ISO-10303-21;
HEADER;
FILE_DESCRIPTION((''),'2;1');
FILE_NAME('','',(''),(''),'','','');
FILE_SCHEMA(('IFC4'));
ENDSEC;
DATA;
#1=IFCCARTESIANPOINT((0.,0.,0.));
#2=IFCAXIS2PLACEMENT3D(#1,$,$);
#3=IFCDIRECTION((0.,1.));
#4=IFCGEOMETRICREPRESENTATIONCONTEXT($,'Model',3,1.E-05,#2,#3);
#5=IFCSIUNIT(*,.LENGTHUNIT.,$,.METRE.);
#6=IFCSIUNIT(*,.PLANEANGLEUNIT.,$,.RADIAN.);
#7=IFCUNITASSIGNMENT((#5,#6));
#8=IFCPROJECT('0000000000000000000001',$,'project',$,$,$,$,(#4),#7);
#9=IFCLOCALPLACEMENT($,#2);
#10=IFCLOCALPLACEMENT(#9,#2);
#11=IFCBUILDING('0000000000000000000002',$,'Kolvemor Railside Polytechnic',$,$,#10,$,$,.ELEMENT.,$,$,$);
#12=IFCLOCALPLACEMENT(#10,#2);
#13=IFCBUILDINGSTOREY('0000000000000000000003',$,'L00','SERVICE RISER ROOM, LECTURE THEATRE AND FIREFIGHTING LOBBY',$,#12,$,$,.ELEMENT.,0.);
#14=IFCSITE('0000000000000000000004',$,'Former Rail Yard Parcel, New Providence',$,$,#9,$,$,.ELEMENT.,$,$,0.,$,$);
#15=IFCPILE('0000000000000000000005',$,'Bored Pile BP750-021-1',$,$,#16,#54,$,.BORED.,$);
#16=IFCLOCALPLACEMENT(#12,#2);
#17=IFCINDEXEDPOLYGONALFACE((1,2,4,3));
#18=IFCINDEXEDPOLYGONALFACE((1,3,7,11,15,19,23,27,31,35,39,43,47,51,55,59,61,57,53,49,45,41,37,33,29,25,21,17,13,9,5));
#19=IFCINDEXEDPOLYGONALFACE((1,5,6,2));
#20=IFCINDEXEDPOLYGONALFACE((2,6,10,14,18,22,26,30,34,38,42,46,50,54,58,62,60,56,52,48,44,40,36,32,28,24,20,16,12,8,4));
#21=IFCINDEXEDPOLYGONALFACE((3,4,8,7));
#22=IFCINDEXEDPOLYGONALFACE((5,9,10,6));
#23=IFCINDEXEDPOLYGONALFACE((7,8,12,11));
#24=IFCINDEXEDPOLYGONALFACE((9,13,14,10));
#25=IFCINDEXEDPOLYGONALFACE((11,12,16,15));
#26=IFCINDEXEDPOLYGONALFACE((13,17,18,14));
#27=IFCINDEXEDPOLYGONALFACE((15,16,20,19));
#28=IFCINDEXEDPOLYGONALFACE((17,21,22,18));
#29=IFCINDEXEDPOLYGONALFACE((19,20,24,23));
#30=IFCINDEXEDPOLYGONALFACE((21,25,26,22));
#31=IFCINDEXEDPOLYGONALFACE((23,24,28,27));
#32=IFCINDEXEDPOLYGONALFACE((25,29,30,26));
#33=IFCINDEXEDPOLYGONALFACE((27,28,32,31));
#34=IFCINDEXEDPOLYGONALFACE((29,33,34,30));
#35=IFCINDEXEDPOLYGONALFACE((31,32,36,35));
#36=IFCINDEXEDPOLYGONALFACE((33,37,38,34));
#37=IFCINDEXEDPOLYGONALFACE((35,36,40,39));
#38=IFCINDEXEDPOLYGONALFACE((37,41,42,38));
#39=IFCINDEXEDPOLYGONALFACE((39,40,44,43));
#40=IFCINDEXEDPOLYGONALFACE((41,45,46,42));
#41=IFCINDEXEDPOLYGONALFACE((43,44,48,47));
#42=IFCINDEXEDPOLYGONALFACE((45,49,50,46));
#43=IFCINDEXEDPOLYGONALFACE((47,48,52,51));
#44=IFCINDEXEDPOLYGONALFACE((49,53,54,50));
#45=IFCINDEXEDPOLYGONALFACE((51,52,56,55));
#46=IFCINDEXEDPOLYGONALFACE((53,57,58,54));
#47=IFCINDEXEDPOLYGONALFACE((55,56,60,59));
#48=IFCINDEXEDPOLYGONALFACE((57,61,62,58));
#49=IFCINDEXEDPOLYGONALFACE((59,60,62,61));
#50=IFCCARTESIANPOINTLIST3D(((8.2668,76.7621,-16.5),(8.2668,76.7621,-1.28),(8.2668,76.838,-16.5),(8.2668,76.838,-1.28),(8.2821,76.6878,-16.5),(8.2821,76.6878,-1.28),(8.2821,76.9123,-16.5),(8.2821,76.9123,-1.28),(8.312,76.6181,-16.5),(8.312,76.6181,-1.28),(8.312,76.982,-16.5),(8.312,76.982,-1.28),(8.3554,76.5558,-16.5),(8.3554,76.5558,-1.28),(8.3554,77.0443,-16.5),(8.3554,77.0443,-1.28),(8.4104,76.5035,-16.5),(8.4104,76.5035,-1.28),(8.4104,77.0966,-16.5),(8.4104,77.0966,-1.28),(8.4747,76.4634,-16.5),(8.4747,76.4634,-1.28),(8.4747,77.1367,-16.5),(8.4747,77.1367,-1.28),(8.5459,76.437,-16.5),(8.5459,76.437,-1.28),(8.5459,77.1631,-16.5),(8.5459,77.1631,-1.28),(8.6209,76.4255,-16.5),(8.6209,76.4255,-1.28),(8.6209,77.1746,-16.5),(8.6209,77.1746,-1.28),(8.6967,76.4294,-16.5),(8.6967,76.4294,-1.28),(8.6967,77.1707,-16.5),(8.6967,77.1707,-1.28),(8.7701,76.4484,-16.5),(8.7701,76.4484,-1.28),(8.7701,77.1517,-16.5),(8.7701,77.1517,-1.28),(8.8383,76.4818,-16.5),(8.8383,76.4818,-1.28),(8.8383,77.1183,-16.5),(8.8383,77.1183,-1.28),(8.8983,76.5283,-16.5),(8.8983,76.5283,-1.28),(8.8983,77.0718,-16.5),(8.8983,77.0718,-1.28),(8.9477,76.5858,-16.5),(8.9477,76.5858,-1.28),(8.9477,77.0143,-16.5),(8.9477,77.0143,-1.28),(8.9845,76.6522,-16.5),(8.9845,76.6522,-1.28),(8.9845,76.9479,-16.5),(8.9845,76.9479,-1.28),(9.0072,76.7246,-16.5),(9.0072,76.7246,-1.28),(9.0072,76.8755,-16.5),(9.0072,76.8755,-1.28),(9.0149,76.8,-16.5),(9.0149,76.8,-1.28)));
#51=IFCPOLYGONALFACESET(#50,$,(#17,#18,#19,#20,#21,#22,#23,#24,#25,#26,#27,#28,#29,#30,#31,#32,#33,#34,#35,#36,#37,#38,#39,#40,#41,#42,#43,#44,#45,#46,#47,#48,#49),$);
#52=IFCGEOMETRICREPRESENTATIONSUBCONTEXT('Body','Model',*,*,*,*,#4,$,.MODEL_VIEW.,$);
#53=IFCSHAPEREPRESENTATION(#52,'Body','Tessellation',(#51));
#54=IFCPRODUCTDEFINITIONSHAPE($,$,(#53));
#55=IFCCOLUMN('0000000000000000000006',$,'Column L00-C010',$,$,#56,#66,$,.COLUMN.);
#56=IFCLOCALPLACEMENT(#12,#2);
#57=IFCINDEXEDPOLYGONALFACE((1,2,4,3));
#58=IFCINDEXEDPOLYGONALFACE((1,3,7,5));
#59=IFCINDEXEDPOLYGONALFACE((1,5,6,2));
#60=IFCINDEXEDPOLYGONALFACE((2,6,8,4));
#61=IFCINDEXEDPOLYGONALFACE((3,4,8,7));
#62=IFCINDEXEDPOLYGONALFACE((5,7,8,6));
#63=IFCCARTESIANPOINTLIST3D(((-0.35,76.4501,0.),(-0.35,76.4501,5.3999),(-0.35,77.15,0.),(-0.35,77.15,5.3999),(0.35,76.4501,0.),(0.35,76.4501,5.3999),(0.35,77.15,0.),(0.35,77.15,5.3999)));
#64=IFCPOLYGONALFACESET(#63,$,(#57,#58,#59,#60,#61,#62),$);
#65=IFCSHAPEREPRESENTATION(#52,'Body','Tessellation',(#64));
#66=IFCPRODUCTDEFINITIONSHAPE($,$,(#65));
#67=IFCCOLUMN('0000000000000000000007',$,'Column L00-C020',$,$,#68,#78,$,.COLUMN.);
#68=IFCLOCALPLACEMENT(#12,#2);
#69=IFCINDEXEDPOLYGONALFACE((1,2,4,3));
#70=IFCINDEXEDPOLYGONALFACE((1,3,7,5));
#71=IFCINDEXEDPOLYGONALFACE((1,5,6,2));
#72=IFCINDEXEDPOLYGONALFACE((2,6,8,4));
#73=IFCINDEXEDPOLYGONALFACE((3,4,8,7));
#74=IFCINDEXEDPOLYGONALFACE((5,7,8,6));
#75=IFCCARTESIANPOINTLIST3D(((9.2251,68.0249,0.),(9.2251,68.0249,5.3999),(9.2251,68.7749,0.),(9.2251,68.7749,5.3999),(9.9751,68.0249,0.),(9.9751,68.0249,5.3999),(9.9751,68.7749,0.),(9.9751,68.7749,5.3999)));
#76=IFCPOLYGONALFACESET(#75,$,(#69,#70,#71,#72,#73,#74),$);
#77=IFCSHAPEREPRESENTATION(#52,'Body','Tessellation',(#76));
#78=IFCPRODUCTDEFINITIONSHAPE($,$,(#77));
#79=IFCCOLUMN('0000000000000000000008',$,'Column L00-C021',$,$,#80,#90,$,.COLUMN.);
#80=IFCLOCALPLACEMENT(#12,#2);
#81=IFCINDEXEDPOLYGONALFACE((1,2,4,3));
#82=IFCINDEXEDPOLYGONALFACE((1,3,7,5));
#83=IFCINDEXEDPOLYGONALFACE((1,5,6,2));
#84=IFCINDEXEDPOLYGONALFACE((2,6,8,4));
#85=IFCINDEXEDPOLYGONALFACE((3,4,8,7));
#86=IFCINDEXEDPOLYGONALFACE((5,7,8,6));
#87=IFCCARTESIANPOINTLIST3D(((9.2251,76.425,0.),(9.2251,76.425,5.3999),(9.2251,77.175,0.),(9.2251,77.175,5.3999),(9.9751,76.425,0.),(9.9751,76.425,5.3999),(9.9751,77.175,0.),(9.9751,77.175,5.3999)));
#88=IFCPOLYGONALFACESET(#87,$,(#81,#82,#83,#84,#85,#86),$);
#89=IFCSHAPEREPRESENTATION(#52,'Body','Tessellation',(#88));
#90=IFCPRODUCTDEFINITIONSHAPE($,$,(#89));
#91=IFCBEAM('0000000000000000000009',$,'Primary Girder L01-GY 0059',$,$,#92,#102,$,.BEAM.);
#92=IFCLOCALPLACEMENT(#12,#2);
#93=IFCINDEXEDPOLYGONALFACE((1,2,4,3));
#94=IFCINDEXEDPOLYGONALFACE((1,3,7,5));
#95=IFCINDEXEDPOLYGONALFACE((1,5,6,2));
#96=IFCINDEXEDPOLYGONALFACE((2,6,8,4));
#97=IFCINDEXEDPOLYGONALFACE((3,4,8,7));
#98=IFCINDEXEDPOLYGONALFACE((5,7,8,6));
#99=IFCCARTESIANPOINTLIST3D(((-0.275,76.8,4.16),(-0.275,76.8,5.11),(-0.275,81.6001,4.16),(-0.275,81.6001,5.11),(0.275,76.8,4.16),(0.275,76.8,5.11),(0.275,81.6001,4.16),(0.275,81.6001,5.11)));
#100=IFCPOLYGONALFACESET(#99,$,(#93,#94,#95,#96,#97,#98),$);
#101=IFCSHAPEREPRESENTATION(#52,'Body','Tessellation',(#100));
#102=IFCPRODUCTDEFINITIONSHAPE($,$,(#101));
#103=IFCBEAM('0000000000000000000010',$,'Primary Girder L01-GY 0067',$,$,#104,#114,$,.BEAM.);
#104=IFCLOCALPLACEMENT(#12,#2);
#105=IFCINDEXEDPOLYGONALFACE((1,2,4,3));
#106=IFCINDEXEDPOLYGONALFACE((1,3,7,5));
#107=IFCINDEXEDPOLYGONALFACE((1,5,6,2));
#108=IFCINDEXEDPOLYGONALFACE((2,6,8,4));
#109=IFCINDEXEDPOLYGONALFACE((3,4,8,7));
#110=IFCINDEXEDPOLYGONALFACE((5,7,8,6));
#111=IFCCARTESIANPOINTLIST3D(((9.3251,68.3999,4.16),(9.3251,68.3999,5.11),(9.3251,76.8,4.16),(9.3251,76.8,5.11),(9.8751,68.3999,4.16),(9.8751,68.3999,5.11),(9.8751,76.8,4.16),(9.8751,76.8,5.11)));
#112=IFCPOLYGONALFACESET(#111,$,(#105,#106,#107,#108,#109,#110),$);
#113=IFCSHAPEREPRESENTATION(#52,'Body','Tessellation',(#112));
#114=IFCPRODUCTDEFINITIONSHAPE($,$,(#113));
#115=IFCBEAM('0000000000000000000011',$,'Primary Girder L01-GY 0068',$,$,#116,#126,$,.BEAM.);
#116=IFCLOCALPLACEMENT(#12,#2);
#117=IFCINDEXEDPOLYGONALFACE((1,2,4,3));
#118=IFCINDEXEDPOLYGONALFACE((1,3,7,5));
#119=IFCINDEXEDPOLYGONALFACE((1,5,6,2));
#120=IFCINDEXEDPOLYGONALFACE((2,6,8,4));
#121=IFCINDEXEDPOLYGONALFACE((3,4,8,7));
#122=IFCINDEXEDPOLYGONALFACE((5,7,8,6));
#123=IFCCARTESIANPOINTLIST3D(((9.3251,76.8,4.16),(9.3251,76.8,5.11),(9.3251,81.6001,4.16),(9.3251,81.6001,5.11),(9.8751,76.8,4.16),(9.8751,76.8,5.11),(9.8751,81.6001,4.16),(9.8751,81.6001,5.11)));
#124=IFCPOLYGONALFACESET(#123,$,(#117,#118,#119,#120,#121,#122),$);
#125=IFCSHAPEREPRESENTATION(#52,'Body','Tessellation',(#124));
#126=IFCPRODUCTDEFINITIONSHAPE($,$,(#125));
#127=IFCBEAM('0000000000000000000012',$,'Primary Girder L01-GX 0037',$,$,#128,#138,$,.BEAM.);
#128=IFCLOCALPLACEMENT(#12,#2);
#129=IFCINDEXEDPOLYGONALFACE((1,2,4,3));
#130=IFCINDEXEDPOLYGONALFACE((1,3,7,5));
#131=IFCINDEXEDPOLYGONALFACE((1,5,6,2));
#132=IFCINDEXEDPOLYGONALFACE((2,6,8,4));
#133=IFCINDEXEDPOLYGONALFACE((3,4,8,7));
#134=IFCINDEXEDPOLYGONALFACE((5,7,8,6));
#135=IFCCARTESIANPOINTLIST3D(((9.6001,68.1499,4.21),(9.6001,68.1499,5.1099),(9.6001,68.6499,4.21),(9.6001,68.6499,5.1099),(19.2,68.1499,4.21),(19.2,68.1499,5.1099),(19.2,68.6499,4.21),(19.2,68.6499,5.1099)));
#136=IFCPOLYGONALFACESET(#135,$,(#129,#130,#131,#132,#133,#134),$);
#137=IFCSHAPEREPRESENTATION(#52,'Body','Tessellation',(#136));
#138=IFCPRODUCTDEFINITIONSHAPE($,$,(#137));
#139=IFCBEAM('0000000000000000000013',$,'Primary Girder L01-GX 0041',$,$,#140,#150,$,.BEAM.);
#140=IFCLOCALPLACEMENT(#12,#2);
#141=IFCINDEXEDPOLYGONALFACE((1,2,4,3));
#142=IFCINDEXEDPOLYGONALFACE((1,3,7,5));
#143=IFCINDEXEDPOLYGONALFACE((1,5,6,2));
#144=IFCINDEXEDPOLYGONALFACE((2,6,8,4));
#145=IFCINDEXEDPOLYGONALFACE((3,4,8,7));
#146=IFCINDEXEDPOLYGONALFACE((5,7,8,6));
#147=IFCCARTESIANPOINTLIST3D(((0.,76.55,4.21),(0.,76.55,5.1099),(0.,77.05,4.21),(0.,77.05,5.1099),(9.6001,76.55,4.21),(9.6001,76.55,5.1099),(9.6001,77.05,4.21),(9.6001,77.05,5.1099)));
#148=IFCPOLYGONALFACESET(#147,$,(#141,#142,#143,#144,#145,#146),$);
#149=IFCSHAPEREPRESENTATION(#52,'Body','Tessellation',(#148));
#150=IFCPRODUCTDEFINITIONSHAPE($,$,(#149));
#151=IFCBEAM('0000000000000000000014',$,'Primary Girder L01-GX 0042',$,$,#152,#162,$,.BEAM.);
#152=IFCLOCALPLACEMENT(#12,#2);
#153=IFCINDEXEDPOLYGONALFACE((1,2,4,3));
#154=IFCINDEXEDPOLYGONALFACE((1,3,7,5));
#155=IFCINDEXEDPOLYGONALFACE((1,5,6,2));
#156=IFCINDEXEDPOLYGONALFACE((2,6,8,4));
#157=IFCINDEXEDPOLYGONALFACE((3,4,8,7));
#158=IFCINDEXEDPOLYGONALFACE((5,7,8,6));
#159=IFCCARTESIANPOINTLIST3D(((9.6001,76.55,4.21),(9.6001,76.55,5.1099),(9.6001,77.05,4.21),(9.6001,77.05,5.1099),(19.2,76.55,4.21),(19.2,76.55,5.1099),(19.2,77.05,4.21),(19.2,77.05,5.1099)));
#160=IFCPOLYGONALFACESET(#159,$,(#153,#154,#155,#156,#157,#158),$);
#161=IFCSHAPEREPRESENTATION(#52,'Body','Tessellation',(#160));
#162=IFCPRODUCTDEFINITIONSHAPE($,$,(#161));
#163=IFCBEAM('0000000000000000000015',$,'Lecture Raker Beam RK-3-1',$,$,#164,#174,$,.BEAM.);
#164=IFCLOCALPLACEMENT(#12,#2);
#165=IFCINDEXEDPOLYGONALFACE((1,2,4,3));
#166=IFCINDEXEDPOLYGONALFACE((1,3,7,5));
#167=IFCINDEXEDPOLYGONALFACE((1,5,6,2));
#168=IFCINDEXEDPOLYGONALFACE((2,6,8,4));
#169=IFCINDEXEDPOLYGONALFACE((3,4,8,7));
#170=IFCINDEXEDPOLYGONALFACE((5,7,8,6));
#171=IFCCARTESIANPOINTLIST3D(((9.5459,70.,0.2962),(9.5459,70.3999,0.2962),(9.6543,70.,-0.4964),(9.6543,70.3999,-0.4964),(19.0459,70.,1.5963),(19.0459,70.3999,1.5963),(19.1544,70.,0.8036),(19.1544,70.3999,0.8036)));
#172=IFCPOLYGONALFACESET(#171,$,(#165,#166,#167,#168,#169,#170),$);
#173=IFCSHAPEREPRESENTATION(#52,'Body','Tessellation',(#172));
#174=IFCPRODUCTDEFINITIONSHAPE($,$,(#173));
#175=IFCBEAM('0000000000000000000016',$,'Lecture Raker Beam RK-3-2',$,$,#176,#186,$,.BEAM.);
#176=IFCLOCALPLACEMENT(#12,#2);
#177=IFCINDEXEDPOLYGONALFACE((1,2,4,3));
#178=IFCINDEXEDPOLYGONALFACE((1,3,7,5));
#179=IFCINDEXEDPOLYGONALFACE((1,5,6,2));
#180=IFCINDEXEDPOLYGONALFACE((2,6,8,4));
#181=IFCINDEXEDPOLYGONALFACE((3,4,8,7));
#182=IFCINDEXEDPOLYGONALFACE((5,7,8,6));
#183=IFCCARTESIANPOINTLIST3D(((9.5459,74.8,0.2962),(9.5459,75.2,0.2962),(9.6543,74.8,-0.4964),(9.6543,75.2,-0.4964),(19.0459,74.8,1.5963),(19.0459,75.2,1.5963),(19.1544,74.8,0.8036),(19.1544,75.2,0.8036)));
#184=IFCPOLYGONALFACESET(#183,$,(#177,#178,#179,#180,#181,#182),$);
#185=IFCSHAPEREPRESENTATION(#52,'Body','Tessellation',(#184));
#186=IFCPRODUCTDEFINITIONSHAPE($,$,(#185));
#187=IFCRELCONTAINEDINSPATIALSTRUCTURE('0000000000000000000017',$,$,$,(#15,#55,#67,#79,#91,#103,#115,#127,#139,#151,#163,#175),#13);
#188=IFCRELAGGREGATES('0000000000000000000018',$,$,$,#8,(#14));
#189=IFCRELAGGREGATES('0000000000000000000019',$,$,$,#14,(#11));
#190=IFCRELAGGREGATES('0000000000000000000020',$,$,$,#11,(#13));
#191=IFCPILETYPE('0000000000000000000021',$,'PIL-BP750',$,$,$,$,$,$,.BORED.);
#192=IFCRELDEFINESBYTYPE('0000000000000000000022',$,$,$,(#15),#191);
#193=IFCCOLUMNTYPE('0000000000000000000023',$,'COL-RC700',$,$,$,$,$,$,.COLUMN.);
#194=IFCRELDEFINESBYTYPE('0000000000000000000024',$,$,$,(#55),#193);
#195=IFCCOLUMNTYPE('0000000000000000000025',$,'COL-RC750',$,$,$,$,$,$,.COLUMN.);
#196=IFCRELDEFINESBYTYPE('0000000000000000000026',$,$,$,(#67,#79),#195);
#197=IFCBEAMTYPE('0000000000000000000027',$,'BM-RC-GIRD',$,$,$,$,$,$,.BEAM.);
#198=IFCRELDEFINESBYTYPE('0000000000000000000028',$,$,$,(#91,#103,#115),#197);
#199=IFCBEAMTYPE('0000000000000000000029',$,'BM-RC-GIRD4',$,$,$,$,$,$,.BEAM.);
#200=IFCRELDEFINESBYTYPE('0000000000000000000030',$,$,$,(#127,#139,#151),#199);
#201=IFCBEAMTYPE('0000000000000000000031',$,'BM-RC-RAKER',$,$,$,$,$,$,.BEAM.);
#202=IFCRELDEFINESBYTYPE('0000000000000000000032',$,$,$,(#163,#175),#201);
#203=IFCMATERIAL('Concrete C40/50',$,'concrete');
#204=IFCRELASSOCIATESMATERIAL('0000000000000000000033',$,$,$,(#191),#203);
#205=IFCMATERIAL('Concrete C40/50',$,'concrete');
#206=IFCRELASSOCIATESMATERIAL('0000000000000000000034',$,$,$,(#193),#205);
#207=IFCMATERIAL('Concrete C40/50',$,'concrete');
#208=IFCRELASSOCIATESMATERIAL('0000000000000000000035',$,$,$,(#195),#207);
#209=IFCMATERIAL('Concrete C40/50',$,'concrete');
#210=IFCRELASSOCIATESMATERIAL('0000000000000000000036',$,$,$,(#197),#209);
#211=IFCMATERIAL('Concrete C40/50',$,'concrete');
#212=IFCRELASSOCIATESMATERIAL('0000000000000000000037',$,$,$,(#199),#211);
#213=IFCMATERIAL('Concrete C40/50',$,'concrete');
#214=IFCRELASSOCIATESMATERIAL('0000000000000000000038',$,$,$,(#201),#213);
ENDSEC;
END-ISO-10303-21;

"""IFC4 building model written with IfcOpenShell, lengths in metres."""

from ifc_helpers import new_model, si_unit, direction, frame, origin, origin_2d, place, context, subcontext, project, spatial, rectangle, circle, extrude, material, material_profile, profile_set, type_object, element, save


model = new_model("IFC4")

# Units and contexts
model_context = context("Model", 3, precision=1e-05, world=origin(), true_north=direction((0.0, 1.0)))
body_context = subcontext(model_context, "Body", "Model", "MODEL_VIEW")
ifc_project = project(units=[si_unit("LENGTHUNIT", "METRE"), si_unit("PLANEANGLEUNIT", "RADIAN")], contexts=[model_context])

# Site, building, storey
site_placement = place(None, origin())
site = spatial("IfcSite", under=ifc_project, at=site_placement, Name="Former Rail Yard Parcel, New Providence", CompositionType="ELEMENT", RefElevation=0.0)
building_placement = place(site_placement, origin())
building = spatial("IfcBuilding", under=site, at=building_placement, Name="Kolvemor Railside Polytechnic", CompositionType="ELEMENT")
storey_placement = place(building_placement, origin())
storey = spatial("IfcBuildingStorey", under=building, at=storey_placement, Name="L00", Description="SERVICE RISER ROOM, LECTURE THEATRE AND FIREFIGHTING LOBBY", CompositionType="ELEMENT", Elevation=0.0)

# Pile
ifc_material_1 = material(Name="Concrete C40/50", Category="concrete")
ifc_material_profile_1 = material_profile(ifc_material_1, circle(Radius=0.375, at=origin_2d()), Name="BP750")
ifc_profile_set_1 = profile_set([ifc_material_profile_1], Name="Concrete C40/50")
pile_type = type_object("IfcPileType", Name="PIL-BP750", PredefinedType="BORED", material=ifc_profile_set_1)
pile_1_placement = place(storey_placement, frame((8.6399, 76.8, -1.28), z_axis=(0.0, 0.0, -1.0), x_axis=(1.0, 0.0, 0.0)))
element("IfcPile", 1, at=pile_1_placement, inside=storey, type_object=pile_type, Name="Bored Pile BP750-021-1", PredefinedType="BORED", context=body_context, shape_type="SweptSolid", body=[
    extrude(circle(Radius=0.375, at=origin_2d()), origin(), (0.0, 0.0, 1.0), 15.22),
])

# Columns
ifc_material_2 = material(Name="Concrete C40/50", Category="concrete")
ifc_material_profile_2 = material_profile(ifc_material_2, rectangle(XDim=0.7, YDim=0.7, at=origin_2d()), Name="RC700x700")
ifc_profile_set_2 = profile_set([ifc_material_profile_2], Name="Concrete C40/50")
column_type_1 = type_object("IfcColumnType", Name="COL-RC700", PredefinedType="COLUMN", material=ifc_profile_set_2)
column_placement = place(storey_placement, frame((0.0, 76.8, 0.0), z_axis=(0.0, 0.0, 1.0), x_axis=(1.0, 0.0, 0.0)))
element("IfcColumn", 2, at=column_placement, inside=storey, type_object=column_type_1, Name="Column L00-C010", PredefinedType="COLUMN", context=body_context, shape_type="SweptSolid", body=[
    extrude(rectangle(XDim=0.7, YDim=0.7, at=origin_2d()), origin(), (0.0, 0.0, 1.0), 5.3999),
])
ifc_material_3 = material(Name="Concrete C40/50", Category="concrete")
ifc_material_profile_3 = material_profile(ifc_material_3, rectangle(XDim=0.75, YDim=0.75, at=origin_2d()), Name="RC750x750")
ifc_profile_set_3 = profile_set([ifc_material_profile_3], Name="Concrete C40/50")
column_type_2 = type_object("IfcColumnType", Name="COL-RC750", PredefinedType="COLUMN", material=ifc_profile_set_3)
for number, where, z_axis, x_axis, name in (
    (3, (9.6001, 68.3999, 0.0), (0.0, 0.0, 1.0), (1.0, 0.0, 0.0), "Column L00-C020"),
    (4, (9.6001, 76.8, 0.0), (0.0, 0.0, 1.0), (1.0, 0.0, 0.0), "Column L00-C021"),
):
    element("IfcColumn", number, at=place(storey_placement, frame(where, z_axis=z_axis, x_axis=x_axis)), inside=storey, type_object=column_type_2, Name=name, PredefinedType="COLUMN", context=body_context, shape_type="SweptSolid", body=[
        extrude(rectangle(XDim=0.75, YDim=0.75, at=origin_2d()), origin(), (0.0, 0.0, 1.0), 5.3999),
    ])

# Beams
ifc_material_4 = material(Name="Concrete C40/50", Category="concrete")
ifc_material_profile_4 = material_profile(ifc_material_4, rectangle(XDim=0.55, YDim=0.95, at=origin_2d()), Name="RC550x950")
ifc_profile_set_4 = profile_set([ifc_material_profile_4], Name="Concrete C40/50")
beam_type_1 = type_object("IfcBeamType", Name="BM-RC-GIRD", PredefinedType="BEAM", material=ifc_profile_set_4)
beam_1_placement = place(storey_placement, frame((0.0, 76.8, 4.635), z_axis=(0.0, 1.0, 0.0), x_axis=(-1.0, 0.0, 0.0)))
element("IfcBeam", 5, at=beam_1_placement, inside=storey, type_object=beam_type_1, Name="Primary Girder L01-GY 0059", PredefinedType="BEAM", context=body_context, shape_type="SweptSolid", body=[
    extrude(rectangle(XDim=0.55, YDim=0.95, at=origin_2d()), origin(), (0.0, 0.0, 1.0), 4.8),
])
beam_2_placement = place(storey_placement, frame((9.6001, 68.3999, 4.635), z_axis=(0.0, 1.0, 0.0), x_axis=(-1.0, 0.0, 0.0)))
element("IfcBeam", 6, at=beam_2_placement, inside=storey, type_object=beam_type_1, Name="Primary Girder L01-GY 0067", PredefinedType="BEAM", context=body_context, shape_type="SweptSolid", body=[
    extrude(rectangle(XDim=0.55, YDim=0.95, at=origin_2d()), origin(), (0.0, 0.0, 1.0), 8.4001),
])
beam_3_placement = place(storey_placement, frame((9.6001, 76.8, 4.635), z_axis=(0.0, 1.0, 0.0), x_axis=(-1.0, 0.0, 0.0)))
element("IfcBeam", 7, at=beam_3_placement, inside=storey, type_object=beam_type_1, Name="Primary Girder L01-GY 0068", PredefinedType="BEAM", context=body_context, shape_type="SweptSolid", body=[
    extrude(rectangle(XDim=0.55, YDim=0.95, at=origin_2d()), origin(), (0.0, 0.0, 1.0), 4.8),
])
ifc_material_5 = material(Name="Concrete C40/50", Category="concrete")
ifc_material_profile_5 = material_profile(ifc_material_5, rectangle(XDim=0.5, YDim=0.8999, at=origin_2d()), Name="RC500x900")
ifc_profile_set_5 = profile_set([ifc_material_profile_5], Name="Concrete C40/50")
beam_type_2 = type_object("IfcBeamType", Name="BM-RC-GIRD4", PredefinedType="BEAM", material=ifc_profile_set_5)
beam_4_placement = place(storey_placement, frame((9.6001, 68.3999, 4.6599), z_axis=(1.0, 0.0, 0.0), x_axis=(0.0, 1.0, 0.0)))
element("IfcBeam", 8, at=beam_4_placement, inside=storey, type_object=beam_type_2, Name="Primary Girder L01-GX 0037", PredefinedType="BEAM", context=body_context, shape_type="SweptSolid", body=[
    extrude(rectangle(XDim=0.5, YDim=0.8999, at=origin_2d()), origin(), (0.0, 0.0, 1.0), 9.5999),
])
beam_5_placement = place(storey_placement, frame((0.0, 76.8, 4.6599), z_axis=(1.0, 0.0, 0.0), x_axis=(0.0, 1.0, 0.0)))
element("IfcBeam", 9, at=beam_5_placement, inside=storey, type_object=beam_type_2, Name="Primary Girder L01-GX 0041", PredefinedType="BEAM", context=body_context, shape_type="SweptSolid", body=[
    extrude(rectangle(XDim=0.5, YDim=0.8999, at=origin_2d()), origin(), (0.0, 0.0, 1.0), 9.6001),
])
beam_6_placement = place(storey_placement, frame((9.6001, 76.8, 4.6599), z_axis=(1.0, 0.0, 0.0), x_axis=(0.0, 1.0, 0.0)))
element("IfcBeam", 10, at=beam_6_placement, inside=storey, type_object=beam_type_2, Name="Primary Girder L01-GX 0042", PredefinedType="BEAM", context=body_context, shape_type="SweptSolid", body=[
    extrude(rectangle(XDim=0.5, YDim=0.8999, at=origin_2d()), origin(), (0.0, 0.0, 1.0), 9.5999),
])
ifc_material_6 = material(Name="Concrete C40/50", Category="concrete")
ifc_material_profile_6 = material_profile(ifc_material_6, rectangle(XDim=0.3999, YDim=0.8, at=origin_2d()), Name="RC400x800")
ifc_profile_set_6 = profile_set([ifc_material_profile_6], Name="Concrete C40/50")
beam_type_3 = type_object("IfcBeamType", Name="BM-RC-RAKER", PredefinedType="BEAM", material=ifc_profile_set_6)
for number, where, z_axis, x_axis, name in (
    (11, (9.6001, 70.2, -0.1001), (0.990766, 0.0, 0.135584), (0.0, 1.0, 0.0), "Lecture Raker Beam RK-3-1"),
    (12, (9.6001, 75.0, -0.1001), (0.990766, 0.0, 0.135584), (0.0, 1.0, 0.0), "Lecture Raker Beam RK-3-2"),
):
    element("IfcBeam", number, at=place(storey_placement, frame(where, z_axis=z_axis, x_axis=x_axis)), inside=storey, type_object=beam_type_3, Name=name, PredefinedType="BEAM", context=body_context, shape_type="SweptSolid", body=[
        extrude(rectangle(XDim=0.3999, YDim=0.8, at=origin_2d()), origin(), (0.0, 0.0, 1.0), 9.5886),
    ])

save(model, "model.ifc")
